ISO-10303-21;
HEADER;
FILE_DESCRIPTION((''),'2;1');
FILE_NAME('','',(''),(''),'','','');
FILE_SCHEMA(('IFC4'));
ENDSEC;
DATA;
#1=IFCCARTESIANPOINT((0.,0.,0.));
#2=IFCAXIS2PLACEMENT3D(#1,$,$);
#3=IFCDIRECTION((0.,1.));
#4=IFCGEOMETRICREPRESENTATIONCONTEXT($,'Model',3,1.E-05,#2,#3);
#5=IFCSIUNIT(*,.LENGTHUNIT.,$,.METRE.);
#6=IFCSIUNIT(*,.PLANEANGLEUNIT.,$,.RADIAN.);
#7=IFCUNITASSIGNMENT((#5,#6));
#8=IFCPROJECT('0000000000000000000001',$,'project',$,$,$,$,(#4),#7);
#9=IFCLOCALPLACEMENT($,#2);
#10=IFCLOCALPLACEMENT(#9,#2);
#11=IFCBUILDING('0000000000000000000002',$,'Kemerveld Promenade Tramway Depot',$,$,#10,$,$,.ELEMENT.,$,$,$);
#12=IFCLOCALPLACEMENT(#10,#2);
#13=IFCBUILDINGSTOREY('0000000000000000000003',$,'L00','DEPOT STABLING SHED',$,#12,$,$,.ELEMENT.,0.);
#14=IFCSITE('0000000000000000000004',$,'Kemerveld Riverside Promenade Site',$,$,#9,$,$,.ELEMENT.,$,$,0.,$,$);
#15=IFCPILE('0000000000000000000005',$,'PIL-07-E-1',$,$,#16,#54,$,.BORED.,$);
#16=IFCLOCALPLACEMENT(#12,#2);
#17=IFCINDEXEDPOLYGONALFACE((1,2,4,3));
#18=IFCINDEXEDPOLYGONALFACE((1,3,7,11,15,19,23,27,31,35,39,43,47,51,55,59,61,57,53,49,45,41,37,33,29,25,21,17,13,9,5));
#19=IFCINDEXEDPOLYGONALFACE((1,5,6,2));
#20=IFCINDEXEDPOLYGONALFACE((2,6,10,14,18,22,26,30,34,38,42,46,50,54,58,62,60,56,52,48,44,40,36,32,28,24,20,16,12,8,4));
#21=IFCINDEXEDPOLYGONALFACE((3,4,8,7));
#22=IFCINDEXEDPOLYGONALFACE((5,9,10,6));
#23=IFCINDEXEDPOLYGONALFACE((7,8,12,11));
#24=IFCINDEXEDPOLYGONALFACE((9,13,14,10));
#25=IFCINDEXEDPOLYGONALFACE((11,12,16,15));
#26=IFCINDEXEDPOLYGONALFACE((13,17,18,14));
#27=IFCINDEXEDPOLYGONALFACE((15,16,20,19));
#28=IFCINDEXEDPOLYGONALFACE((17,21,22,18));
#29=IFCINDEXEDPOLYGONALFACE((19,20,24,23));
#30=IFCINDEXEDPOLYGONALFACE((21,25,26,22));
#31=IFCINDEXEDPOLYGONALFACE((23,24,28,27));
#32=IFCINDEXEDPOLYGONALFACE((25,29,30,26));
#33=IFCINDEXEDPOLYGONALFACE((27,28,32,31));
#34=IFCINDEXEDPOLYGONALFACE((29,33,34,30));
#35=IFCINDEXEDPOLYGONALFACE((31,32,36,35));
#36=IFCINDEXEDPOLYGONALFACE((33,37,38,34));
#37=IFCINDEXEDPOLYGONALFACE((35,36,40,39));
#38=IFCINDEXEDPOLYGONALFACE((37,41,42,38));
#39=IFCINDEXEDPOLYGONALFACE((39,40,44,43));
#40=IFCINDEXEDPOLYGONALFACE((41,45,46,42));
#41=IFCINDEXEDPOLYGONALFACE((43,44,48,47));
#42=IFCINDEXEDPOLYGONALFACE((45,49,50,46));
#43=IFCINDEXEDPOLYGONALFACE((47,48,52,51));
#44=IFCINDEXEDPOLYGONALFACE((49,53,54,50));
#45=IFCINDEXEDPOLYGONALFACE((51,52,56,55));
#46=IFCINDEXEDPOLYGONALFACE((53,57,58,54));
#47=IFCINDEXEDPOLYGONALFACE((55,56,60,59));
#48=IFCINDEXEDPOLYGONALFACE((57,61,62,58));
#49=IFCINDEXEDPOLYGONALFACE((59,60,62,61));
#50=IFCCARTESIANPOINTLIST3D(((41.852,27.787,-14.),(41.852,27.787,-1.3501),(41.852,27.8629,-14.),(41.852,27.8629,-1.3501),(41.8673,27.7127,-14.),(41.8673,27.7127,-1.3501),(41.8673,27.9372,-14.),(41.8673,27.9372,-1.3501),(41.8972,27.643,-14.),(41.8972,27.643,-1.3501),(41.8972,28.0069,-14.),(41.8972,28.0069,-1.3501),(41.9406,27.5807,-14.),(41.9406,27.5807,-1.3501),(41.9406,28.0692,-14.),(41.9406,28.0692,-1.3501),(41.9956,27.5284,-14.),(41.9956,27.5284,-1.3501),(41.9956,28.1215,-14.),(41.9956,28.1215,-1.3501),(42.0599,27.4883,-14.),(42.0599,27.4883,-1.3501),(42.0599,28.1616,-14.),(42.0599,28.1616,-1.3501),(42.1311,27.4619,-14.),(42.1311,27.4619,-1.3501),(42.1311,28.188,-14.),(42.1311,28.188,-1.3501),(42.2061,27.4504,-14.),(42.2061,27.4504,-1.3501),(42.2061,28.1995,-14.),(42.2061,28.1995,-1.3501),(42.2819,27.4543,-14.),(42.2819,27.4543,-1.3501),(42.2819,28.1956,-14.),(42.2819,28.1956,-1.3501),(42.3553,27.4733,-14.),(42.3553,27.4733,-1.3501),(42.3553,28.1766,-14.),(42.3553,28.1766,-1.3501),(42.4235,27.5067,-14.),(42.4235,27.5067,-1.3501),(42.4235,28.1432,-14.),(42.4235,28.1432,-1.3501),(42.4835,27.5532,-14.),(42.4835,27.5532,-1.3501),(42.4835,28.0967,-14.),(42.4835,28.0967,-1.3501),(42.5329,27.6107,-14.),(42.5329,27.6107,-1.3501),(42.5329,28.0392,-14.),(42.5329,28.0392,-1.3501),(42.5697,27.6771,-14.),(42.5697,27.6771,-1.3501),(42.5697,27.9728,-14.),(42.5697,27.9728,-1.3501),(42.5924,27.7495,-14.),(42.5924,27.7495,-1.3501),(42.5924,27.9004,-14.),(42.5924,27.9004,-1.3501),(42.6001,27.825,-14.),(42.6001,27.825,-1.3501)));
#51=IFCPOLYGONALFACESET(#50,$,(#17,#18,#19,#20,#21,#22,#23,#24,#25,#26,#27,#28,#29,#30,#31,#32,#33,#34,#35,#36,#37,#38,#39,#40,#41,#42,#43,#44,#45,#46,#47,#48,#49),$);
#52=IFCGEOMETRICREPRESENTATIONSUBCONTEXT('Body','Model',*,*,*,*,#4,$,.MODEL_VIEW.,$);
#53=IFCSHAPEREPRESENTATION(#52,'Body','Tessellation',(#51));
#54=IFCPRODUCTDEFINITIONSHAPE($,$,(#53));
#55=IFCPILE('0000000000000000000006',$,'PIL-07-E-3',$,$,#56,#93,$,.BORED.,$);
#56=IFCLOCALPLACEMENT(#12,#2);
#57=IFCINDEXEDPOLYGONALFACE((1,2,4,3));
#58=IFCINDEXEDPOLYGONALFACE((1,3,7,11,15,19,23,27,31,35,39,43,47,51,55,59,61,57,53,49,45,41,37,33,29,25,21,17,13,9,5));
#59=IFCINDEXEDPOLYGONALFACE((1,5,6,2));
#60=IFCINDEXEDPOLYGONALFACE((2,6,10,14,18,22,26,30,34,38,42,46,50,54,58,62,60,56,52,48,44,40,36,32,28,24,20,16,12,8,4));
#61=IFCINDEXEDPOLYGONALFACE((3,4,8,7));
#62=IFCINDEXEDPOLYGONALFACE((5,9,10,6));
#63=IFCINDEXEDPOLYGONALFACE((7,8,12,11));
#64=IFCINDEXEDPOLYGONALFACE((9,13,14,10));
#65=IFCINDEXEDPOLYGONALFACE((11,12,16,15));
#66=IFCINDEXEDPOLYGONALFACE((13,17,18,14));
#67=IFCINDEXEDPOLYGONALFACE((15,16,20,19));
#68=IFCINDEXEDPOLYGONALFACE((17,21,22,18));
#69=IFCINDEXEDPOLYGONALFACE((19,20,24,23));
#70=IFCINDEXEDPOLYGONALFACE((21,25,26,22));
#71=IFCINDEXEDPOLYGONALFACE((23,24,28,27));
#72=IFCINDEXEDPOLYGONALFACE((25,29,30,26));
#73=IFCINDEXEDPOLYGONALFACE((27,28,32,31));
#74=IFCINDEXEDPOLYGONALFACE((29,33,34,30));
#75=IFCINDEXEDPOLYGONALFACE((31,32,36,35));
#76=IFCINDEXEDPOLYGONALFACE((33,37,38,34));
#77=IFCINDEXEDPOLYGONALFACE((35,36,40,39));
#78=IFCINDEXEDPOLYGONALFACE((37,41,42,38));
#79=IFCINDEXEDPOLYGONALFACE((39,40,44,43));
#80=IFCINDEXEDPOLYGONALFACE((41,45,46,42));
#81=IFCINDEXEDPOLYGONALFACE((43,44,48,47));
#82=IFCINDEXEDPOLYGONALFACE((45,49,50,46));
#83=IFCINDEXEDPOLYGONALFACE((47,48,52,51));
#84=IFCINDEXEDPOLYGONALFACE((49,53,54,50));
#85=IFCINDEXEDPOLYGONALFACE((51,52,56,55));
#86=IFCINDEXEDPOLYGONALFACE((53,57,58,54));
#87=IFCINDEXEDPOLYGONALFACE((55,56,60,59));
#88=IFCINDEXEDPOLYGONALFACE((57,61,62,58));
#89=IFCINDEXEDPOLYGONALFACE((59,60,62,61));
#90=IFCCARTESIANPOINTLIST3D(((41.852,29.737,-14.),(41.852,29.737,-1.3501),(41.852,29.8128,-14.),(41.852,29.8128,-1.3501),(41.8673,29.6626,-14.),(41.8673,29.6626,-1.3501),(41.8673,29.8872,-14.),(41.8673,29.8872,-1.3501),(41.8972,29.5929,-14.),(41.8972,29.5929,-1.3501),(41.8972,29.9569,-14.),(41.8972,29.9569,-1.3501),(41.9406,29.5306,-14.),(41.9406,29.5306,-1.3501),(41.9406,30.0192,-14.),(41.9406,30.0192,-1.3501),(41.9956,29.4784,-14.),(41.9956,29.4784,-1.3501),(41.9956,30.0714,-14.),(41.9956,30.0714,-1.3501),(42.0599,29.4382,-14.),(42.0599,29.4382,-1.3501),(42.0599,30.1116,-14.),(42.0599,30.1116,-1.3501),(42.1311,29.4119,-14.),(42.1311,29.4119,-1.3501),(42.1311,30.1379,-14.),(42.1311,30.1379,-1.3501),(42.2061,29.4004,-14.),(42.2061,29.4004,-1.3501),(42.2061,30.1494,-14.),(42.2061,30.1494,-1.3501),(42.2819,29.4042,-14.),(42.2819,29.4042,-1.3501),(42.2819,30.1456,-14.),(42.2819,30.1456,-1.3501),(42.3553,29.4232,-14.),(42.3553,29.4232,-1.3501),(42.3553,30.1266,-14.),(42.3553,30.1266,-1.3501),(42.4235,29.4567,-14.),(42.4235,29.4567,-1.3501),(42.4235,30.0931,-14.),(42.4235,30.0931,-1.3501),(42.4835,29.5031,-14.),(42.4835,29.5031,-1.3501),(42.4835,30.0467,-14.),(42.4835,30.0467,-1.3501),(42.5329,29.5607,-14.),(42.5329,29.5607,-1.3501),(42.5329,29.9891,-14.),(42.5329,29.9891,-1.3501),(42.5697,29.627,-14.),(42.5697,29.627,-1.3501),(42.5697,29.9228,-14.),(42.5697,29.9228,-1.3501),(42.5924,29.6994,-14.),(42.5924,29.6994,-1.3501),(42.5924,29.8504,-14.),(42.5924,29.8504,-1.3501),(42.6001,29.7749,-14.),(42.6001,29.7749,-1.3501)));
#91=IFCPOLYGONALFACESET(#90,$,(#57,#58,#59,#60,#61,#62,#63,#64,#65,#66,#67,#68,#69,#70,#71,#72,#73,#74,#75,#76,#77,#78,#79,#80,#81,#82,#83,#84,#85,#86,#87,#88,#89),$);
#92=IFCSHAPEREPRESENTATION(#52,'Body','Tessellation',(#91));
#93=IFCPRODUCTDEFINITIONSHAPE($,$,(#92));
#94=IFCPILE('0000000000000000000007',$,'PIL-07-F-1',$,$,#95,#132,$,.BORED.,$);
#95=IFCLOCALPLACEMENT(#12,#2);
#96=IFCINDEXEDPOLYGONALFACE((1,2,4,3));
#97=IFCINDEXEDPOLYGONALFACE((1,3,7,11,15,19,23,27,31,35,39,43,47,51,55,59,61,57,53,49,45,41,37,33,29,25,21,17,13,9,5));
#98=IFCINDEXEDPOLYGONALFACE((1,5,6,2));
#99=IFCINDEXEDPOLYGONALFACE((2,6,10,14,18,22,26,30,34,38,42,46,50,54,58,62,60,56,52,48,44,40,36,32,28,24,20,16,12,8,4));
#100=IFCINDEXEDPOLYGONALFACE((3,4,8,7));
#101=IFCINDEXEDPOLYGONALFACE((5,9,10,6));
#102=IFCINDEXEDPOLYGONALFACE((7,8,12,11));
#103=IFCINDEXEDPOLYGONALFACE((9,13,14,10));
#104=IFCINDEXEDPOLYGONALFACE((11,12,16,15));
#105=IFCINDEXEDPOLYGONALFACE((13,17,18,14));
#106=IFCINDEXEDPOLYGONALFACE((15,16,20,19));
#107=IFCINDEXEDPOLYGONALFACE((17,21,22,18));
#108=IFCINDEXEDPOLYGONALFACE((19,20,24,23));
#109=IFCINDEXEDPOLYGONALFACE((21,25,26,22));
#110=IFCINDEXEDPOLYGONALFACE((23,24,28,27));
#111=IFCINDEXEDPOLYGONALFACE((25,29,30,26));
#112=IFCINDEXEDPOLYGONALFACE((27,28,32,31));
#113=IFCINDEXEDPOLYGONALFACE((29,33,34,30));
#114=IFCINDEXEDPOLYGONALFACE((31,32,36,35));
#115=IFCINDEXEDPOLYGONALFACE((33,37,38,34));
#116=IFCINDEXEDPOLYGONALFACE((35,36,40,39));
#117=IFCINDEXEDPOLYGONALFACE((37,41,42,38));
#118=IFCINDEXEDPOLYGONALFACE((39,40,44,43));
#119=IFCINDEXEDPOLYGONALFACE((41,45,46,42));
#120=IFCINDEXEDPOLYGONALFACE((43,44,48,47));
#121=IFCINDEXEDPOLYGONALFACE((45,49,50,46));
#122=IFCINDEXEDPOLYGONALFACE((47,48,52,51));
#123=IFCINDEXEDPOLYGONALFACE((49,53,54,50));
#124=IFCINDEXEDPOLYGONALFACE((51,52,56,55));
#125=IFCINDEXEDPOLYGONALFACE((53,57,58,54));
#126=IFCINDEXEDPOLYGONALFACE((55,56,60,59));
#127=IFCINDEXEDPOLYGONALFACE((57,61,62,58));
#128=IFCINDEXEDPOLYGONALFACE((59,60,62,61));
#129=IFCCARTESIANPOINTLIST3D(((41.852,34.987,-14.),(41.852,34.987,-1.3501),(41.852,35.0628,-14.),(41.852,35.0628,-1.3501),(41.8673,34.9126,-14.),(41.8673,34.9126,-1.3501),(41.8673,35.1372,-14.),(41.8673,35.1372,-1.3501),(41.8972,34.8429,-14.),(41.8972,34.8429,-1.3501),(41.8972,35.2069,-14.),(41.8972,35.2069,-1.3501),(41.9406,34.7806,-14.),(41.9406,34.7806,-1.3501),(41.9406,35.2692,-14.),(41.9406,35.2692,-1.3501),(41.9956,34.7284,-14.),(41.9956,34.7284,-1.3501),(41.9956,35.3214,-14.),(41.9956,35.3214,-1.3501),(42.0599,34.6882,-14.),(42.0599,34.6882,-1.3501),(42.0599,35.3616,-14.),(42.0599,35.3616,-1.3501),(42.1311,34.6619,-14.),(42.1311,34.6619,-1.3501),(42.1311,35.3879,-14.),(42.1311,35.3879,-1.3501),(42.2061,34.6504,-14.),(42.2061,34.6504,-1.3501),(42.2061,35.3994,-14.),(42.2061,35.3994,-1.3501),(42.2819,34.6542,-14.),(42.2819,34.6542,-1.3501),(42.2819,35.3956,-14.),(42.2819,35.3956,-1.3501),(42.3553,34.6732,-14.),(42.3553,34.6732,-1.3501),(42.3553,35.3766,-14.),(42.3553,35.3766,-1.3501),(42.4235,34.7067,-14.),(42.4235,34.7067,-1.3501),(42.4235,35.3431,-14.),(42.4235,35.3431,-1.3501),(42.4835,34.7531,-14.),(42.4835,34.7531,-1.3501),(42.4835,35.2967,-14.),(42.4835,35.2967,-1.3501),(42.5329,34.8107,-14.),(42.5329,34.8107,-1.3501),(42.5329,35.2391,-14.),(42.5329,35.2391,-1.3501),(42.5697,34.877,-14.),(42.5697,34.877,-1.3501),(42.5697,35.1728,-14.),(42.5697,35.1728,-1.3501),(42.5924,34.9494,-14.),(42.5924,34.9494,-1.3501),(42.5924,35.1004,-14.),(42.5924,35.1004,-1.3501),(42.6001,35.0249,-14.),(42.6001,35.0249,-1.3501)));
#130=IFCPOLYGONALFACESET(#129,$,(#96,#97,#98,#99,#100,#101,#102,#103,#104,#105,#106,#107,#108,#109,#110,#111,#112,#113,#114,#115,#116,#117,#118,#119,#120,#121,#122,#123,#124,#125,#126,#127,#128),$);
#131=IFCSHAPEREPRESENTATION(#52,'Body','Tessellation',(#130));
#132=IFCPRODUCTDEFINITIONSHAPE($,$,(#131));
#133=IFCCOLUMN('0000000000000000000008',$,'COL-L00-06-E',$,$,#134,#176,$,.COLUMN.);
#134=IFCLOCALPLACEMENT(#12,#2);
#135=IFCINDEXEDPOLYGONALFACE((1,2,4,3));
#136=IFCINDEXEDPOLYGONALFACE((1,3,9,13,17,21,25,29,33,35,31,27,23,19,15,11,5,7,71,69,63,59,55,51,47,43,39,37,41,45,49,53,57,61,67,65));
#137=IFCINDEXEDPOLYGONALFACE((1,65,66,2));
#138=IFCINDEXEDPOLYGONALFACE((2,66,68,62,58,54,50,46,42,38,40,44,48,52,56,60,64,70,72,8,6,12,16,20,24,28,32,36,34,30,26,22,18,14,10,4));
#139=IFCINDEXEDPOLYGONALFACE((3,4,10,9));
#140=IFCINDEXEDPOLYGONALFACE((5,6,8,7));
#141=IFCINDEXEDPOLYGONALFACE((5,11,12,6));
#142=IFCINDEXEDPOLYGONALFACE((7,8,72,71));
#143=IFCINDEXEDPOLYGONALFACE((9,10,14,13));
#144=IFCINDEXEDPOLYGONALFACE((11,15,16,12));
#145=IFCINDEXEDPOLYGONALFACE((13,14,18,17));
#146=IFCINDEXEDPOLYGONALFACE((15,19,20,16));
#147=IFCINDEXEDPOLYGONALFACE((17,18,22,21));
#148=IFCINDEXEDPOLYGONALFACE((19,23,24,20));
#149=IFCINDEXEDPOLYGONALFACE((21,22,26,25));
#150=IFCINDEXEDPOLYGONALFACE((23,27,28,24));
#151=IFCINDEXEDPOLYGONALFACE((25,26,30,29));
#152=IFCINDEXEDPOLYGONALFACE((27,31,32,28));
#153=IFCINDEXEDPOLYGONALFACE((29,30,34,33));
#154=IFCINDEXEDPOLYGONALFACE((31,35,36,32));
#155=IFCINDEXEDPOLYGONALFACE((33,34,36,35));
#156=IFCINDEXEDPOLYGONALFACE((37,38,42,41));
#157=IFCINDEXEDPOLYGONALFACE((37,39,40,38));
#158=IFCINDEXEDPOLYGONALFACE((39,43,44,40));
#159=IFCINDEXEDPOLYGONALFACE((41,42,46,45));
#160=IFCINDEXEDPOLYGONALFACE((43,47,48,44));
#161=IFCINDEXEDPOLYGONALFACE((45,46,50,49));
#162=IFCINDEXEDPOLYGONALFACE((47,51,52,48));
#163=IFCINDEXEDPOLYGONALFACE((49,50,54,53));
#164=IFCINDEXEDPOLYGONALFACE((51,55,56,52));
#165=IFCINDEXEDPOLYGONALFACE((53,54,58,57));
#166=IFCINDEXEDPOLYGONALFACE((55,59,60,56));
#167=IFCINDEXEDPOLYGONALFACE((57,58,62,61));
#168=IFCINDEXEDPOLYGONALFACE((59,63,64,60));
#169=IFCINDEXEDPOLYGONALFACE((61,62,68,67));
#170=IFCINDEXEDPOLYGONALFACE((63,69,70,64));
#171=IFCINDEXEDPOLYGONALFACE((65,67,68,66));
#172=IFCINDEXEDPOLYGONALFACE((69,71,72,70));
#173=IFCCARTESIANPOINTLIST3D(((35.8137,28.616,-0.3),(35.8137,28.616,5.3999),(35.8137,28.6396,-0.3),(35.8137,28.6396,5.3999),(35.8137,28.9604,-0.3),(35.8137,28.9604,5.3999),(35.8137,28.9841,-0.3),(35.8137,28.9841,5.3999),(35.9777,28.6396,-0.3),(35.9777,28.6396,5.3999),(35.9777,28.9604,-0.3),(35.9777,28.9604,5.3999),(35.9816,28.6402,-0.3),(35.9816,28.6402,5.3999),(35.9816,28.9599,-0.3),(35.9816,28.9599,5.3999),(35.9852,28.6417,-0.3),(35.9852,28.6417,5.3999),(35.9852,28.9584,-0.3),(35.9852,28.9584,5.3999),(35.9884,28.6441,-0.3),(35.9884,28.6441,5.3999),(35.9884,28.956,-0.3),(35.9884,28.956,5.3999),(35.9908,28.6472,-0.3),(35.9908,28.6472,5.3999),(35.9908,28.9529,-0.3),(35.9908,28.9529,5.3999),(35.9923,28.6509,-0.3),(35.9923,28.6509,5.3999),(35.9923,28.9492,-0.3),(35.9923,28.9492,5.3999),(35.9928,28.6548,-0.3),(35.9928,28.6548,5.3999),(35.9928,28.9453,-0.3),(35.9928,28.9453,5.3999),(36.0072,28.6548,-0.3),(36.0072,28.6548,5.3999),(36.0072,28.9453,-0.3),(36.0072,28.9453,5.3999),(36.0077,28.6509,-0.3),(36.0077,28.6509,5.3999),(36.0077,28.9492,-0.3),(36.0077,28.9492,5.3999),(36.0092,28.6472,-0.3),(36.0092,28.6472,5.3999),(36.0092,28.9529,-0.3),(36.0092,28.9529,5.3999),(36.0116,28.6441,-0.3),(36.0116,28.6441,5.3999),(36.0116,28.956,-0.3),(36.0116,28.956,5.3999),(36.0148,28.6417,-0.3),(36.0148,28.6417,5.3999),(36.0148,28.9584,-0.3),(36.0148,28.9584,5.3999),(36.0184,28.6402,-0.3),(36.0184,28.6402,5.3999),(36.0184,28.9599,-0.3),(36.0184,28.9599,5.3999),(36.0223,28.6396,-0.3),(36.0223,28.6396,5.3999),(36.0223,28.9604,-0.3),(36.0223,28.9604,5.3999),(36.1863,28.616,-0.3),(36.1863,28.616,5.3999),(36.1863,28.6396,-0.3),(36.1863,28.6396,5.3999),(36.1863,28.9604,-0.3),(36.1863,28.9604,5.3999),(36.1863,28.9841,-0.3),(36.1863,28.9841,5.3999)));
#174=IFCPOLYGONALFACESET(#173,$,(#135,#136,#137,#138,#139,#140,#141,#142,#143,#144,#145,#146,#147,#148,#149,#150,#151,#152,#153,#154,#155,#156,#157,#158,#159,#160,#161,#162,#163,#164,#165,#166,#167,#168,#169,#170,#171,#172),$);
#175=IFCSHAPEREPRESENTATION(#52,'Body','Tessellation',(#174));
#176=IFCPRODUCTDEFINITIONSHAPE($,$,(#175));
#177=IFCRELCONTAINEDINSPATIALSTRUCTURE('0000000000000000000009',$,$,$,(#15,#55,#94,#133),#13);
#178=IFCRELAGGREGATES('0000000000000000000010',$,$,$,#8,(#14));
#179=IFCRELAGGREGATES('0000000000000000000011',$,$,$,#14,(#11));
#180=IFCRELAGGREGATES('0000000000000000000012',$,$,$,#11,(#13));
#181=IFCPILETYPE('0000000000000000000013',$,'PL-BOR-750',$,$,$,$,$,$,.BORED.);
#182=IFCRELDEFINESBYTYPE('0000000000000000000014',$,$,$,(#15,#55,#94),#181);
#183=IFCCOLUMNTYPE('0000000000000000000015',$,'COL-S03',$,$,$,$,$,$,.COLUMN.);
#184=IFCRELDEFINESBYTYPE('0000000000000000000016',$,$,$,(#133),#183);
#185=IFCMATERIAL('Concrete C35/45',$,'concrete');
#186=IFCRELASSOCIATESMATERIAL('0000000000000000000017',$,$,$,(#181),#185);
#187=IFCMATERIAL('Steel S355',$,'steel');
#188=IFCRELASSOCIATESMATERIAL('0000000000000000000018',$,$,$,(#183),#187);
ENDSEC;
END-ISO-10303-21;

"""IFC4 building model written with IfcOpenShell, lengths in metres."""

from ifc_helpers import new_model, si_unit, direction, frame, origin, origin_2d, place, context, subcontext, project, spatial, circle, i_section, extrude, material, material_profile, profile_set, type_object, element, save


model = new_model("IFC4")

# Units and contexts
model_context = context("Model", 3, precision=1e-05, world=origin(), true_north=direction((0.0, 1.0)))
body_context = subcontext(model_context, "Body", "Model", "MODEL_VIEW")
ifc_project = project(units=[si_unit("LENGTHUNIT", "METRE"), si_unit("PLANEANGLEUNIT", "RADIAN")], contexts=[model_context])

# Site, building, storey
site_placement = place(None, origin())
site = spatial("IfcSite", under=ifc_project, at=site_placement, Name="Kemerveld Riverside Promenade Site", CompositionType="ELEMENT", RefElevation=0.0)
building_placement = place(site_placement, origin())
building = spatial("IfcBuilding", under=site, at=building_placement, Name="Kemerveld Promenade Tramway Depot", CompositionType="ELEMENT")
storey_placement = place(building_placement, origin())
storey = spatial("IfcBuildingStorey", under=building, at=storey_placement, Name="L00", Description="DEPOT STABLING SHED", CompositionType="ELEMENT", Elevation=0.0)

# Shared definitions
ifc_material_1 = material(Name="Concrete C35/45", Category="concrete")

# Piles
ifc_material_profile_1 = material_profile(ifc_material_1, circle(Radius=0.375, at=origin_2d()), Name="PILE-D750")
ifc_profile_set_1 = profile_set([ifc_material_profile_1], Name="Concrete C35/45")
pile_type = type_object("IfcPileType", Name="PL-BOR-750", PredefinedType="BORED", material=ifc_profile_set_1)
for number, where, z_axis, x_axis, name in (
    (1, (42.2251, 27.825, -1.3501), (0.0, 0.0, -1.0), (1.0, 0.0, 0.0), "PIL-07-E-1"),
    (2, (42.2251, 29.7749, -1.3501), (0.0, 0.0, -1.0), (1.0, 0.0, 0.0), "PIL-07-E-3"),
    (3, (42.2251, 35.0249, -1.3501), (0.0, 0.0, -1.0), (1.0, 0.0, 0.0), "PIL-07-F-1"),
):
    element("IfcPile", number, at=place(storey_placement, frame(where, z_axis=z_axis, x_axis=x_axis)), inside=storey, type_object=pile_type, Name=name, PredefinedType="BORED", context=body_context, shape_type="SweptSolid", body=[
        extrude(circle(Radius=0.375, at=origin_2d()), origin(), (0.0, 0.0, 1.0), 12.6499),
    ])

# Column
ifc_material_2 = material(Name="Steel S355", Category="steel")
ifc_material_profile_2 = material_profile(ifc_material_2, i_section(OverallWidth=0.3726, OverallDepth=0.3682, WebThickness=0.0144, FlangeThickness=0.0237, FilletRadius=0.0151, at=origin_2d()), Name="356x368x177 UC")
ifc_profile_set_2 = profile_set([ifc_material_profile_2], Name="Steel S355")
column_type = type_object("IfcColumnType", Name="COL-S03", PredefinedType="COLUMN", material=ifc_profile_set_2)
for number, where, z_axis, x_axis, name in (
    (4, (36.0, 28.8, -0.3), (0.0, 0.0, 1.0), (1.0, 0.0, 0.0), "COL-L00-06-E"),
):
    element("IfcColumn", number, at=place(storey_placement, frame(where, z_axis=z_axis, x_axis=x_axis)), inside=storey, type_object=column_type, Name=name, PredefinedType="COLUMN", context=body_context, shape_type="SweptSolid", body=[
        extrude(i_section(OverallWidth=0.3726, OverallDepth=0.3682, WebThickness=0.0144, FlangeThickness=0.0237, FilletRadius=0.0151, at=origin_2d()), origin(), (0.0, 0.0, 1.0), 5.7),
    ])

save(model, "model.ifc")
